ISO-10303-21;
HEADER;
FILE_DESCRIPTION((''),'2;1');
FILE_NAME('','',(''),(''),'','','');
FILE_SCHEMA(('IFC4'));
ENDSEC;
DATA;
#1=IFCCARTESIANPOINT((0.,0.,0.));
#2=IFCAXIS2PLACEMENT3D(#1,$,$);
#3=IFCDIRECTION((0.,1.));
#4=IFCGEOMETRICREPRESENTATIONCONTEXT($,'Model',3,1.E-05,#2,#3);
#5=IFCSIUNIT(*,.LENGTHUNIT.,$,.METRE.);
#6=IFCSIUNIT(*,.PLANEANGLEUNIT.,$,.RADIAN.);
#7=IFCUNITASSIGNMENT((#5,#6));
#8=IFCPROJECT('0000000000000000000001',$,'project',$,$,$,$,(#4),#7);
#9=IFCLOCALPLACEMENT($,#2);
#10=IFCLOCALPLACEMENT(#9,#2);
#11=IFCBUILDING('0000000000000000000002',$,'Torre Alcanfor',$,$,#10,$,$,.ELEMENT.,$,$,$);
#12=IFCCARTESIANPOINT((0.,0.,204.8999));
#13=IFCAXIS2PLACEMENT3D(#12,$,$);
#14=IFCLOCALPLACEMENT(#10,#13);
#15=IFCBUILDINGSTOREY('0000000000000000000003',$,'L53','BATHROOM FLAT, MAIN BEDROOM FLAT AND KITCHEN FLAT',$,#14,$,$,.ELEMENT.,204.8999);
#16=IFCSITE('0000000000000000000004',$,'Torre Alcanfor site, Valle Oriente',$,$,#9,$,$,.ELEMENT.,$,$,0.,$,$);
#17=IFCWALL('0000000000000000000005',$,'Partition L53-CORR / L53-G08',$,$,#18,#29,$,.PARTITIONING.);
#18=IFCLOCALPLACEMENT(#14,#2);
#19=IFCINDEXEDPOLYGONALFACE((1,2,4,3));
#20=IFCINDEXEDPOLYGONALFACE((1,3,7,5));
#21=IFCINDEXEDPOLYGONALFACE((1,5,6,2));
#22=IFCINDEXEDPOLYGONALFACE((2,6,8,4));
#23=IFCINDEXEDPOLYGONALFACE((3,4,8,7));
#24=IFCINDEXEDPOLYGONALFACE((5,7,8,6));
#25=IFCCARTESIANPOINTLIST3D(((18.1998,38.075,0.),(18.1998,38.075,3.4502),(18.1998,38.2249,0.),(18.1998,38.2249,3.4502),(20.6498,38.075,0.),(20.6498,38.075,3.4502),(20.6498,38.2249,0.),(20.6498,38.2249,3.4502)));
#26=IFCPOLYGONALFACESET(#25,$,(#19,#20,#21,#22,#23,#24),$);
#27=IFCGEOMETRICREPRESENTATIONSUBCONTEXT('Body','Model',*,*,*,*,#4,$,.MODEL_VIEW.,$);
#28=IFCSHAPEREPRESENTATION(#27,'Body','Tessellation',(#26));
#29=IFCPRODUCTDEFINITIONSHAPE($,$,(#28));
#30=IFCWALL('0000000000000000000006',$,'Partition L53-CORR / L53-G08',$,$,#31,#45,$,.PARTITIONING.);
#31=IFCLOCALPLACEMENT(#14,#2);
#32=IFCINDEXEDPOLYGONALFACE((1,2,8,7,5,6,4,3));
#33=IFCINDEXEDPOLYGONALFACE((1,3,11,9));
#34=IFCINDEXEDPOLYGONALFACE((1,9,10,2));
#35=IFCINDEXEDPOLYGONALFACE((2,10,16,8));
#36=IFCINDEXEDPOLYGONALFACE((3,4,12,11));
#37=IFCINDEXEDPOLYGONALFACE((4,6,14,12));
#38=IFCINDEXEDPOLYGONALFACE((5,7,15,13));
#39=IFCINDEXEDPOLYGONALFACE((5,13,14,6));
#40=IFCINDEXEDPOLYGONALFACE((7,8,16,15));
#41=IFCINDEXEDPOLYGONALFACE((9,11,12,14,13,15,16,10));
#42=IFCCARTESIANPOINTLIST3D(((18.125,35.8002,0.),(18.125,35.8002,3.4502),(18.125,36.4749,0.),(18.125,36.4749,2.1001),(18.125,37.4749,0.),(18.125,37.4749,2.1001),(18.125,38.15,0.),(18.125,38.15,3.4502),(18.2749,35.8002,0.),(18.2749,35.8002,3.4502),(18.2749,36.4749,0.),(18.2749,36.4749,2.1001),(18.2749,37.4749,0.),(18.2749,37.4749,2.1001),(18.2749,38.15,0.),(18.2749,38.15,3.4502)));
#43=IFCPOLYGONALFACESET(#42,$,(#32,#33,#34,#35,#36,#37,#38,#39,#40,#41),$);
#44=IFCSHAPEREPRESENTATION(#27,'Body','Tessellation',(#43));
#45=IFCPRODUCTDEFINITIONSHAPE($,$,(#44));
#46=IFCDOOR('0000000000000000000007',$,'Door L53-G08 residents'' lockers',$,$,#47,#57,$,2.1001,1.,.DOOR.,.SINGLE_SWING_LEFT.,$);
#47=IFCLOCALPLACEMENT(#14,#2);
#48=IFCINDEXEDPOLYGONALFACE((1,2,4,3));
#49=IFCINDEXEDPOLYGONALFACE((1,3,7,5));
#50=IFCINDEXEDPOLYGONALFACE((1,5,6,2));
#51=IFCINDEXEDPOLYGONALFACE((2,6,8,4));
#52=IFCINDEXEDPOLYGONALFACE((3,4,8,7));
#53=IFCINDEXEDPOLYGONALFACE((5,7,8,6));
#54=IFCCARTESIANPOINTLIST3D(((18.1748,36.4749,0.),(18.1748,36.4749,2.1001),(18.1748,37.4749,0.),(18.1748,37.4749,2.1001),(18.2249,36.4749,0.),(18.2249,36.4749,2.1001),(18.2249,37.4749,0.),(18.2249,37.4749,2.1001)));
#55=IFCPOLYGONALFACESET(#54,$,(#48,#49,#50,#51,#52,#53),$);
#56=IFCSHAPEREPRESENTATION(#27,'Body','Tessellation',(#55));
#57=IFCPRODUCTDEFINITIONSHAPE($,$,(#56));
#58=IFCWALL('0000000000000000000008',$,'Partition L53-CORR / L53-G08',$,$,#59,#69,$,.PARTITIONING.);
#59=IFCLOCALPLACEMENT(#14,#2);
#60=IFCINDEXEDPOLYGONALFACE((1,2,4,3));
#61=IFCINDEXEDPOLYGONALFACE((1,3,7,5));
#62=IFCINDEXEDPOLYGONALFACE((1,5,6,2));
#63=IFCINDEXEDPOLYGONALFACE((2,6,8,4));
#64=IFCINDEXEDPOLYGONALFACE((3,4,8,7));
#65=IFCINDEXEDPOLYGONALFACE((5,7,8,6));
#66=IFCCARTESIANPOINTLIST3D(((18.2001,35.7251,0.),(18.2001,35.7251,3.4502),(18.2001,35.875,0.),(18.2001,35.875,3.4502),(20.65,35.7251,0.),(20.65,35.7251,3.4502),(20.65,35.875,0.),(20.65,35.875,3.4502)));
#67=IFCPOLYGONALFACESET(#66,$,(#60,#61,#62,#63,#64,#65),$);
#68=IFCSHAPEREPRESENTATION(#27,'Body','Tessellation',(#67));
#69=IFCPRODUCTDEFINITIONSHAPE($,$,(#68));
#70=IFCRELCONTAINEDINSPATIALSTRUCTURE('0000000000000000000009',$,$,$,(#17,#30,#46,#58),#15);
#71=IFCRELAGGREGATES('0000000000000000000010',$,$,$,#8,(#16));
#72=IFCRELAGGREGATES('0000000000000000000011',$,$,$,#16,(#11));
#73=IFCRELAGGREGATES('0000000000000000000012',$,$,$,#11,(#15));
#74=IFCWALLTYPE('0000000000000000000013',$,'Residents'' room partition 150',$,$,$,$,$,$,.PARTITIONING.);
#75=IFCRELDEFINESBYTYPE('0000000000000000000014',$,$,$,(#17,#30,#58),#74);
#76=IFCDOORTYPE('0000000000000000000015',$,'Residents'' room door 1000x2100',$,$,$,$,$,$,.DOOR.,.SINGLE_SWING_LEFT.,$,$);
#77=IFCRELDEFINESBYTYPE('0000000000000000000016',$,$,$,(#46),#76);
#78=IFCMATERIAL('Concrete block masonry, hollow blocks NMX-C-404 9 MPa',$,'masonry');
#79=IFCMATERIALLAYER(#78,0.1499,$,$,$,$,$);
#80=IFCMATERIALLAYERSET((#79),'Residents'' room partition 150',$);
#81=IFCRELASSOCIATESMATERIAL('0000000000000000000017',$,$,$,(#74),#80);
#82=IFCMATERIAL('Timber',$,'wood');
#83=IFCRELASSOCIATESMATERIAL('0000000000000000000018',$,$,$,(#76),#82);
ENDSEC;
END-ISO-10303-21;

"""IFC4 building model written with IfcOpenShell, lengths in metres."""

from ifc_helpers import new_model, si_unit, direction, frame, frame_2d, origin, place, context, subcontext, project, spatial, rectangle, extrude, material, layer, layer_set, type_object, element, fill, save


model = new_model("IFC4")

# Units and contexts
model_context = context("Model", 3, precision=1e-05, world=origin(), true_north=direction((0.0, 1.0)))
body_context = subcontext(model_context, "Body", "Model", "MODEL_VIEW")
ifc_project = project(units=[si_unit("LENGTHUNIT", "METRE"), si_unit("PLANEANGLEUNIT", "RADIAN")], contexts=[model_context])

# Site, building, storey
site_placement = place(None, origin())
site = spatial("IfcSite", under=ifc_project, at=site_placement, Name="Torre Alcanfor site, Valle Oriente", CompositionType="ELEMENT", RefElevation=0.0)
building_placement = place(site_placement, origin())
building = spatial("IfcBuilding", under=site, at=building_placement, Name="Torre Alcanfor", CompositionType="ELEMENT")
storey_placement = place(building_placement, frame((0.0, 0.0, 204.8999)))
storey = spatial("IfcBuildingStorey", under=building, at=storey_placement, Name="L53", Description="BATHROOM FLAT, MAIN BEDROOM FLAT AND KITCHEN FLAT", CompositionType="ELEMENT", Elevation=204.8999)

# Wall
ifc_material_1 = material(Name="Concrete block masonry, hollow blocks NMX-C-404 9 MPa", Category="masonry")
ifc_layer_1 = layer(ifc_material_1, 0.1499)
ifc_layer_set_1 = layer_set([ifc_layer_1], Name="Residents' room partition 150")
wall_type_1 = type_object("IfcWallType", Name="Residents' room partition 150", PredefinedType="PARTITIONING", material=ifc_layer_set_1)
wall_1_placement = place(storey_placement, frame((20.6499, 38.1499, 0.0), z_axis=(0.0, 0.0, 1.0), x_axis=(-1.0, 0.0, 0.0)))
element("IfcWall", 1, at=wall_1_placement, inside=storey, type_object=wall_type_1, Name="Partition L53-CORR / L53-G08", PredefinedType="PARTITIONING", context=body_context, shape_type="SweptSolid", body=[
    extrude(rectangle(XDim=2.45, YDim=0.1499, at=frame_2d((1.2251, 0.0))), origin(), (0.0, 0.0, 1.0), 3.4502),
])

# Wall, opening, door
wall_2_placement = place(storey_placement, frame((18.2, 38.1499, 0.0), z_axis=(0.0, 0.0, 1.0), x_axis=(0.0, -1.0, 0.0)))
wall_2 = element("IfcWall", 2, at=wall_2_placement, inside=storey, type_object=wall_type_1, Name="Partition L53-CORR / L53-G08", PredefinedType="PARTITIONING", context=body_context, shape_type="SweptSolid", body=[
    extrude(rectangle(XDim=2.3499, YDim=0.1499, at=frame_2d((1.1748, 0.0))), origin(), (0.0, 0.0, 1.0), 3.4502),
])
opening_1_placement = place(wall_2_placement, frame((0.675, 0.0, 0.0)))
opening_1 = element("IfcOpeningElement", 3, at=opening_1_placement, cuts=wall_2, PredefinedType="OPENING", context=body_context, shape_type="SweptSolid", body=[
    extrude(rectangle(XDim=1.0, YDim=2.1001, at=frame_2d((0.5, 1.05))), frame((0.0, 0.085, 0.0), z_axis=(0.0, -1.0, 0.0), x_axis=(1.0, 0.0, 0.0)), (0.0, 0.0, 1.0), 0.1699),
])
ifc_material_2 = material(Name="Timber", Category="wood")
door_type_1 = type_object("IfcDoorType", Name="Residents' room door 1000x2100", OperationType="SINGLE_SWING_LEFT", PredefinedType="DOOR", material=ifc_material_2)
door_1_placement = place(opening_1_placement, origin())
door_1 = element("IfcDoor", 4, at=door_1_placement, inside=storey, type_object=door_type_1, Name="Door L53-G08 residents' lockers", OperationType="SINGLE_SWING_LEFT", OverallHeight=2.1001, OverallWidth=1.0, PredefinedType="DOOR", context=body_context, shape_type="SweptSolid", body=[
    extrude(rectangle(XDim=1.0, YDim=2.1001, at=frame_2d((0.5, 1.05))), frame((0.0, 0.0249, 0.0), z_axis=(0.0, -1.0, 0.0), x_axis=(1.0, 0.0, 0.0)), (0.0, 0.0, 1.0), 0.05),
])
fill(opening_1, door_1)

# Wall
wall_3_placement = place(storey_placement, frame((18.2, 35.8, 0.0), z_axis=(0.0, 0.0, 1.0), x_axis=(1.0, 0.0, 0.0)))
element("IfcWall", 5, at=wall_3_placement, inside=storey, type_object=wall_type_1, Name="Partition L53-CORR / L53-G08", PredefinedType="PARTITIONING", context=body_context, shape_type="SweptSolid", body=[
    extrude(rectangle(XDim=2.45, YDim=0.1499, at=frame_2d((1.2251, 0.0))), origin(), (0.0, 0.0, 1.0), 3.4502),
])

save(model, "model.ifc")
